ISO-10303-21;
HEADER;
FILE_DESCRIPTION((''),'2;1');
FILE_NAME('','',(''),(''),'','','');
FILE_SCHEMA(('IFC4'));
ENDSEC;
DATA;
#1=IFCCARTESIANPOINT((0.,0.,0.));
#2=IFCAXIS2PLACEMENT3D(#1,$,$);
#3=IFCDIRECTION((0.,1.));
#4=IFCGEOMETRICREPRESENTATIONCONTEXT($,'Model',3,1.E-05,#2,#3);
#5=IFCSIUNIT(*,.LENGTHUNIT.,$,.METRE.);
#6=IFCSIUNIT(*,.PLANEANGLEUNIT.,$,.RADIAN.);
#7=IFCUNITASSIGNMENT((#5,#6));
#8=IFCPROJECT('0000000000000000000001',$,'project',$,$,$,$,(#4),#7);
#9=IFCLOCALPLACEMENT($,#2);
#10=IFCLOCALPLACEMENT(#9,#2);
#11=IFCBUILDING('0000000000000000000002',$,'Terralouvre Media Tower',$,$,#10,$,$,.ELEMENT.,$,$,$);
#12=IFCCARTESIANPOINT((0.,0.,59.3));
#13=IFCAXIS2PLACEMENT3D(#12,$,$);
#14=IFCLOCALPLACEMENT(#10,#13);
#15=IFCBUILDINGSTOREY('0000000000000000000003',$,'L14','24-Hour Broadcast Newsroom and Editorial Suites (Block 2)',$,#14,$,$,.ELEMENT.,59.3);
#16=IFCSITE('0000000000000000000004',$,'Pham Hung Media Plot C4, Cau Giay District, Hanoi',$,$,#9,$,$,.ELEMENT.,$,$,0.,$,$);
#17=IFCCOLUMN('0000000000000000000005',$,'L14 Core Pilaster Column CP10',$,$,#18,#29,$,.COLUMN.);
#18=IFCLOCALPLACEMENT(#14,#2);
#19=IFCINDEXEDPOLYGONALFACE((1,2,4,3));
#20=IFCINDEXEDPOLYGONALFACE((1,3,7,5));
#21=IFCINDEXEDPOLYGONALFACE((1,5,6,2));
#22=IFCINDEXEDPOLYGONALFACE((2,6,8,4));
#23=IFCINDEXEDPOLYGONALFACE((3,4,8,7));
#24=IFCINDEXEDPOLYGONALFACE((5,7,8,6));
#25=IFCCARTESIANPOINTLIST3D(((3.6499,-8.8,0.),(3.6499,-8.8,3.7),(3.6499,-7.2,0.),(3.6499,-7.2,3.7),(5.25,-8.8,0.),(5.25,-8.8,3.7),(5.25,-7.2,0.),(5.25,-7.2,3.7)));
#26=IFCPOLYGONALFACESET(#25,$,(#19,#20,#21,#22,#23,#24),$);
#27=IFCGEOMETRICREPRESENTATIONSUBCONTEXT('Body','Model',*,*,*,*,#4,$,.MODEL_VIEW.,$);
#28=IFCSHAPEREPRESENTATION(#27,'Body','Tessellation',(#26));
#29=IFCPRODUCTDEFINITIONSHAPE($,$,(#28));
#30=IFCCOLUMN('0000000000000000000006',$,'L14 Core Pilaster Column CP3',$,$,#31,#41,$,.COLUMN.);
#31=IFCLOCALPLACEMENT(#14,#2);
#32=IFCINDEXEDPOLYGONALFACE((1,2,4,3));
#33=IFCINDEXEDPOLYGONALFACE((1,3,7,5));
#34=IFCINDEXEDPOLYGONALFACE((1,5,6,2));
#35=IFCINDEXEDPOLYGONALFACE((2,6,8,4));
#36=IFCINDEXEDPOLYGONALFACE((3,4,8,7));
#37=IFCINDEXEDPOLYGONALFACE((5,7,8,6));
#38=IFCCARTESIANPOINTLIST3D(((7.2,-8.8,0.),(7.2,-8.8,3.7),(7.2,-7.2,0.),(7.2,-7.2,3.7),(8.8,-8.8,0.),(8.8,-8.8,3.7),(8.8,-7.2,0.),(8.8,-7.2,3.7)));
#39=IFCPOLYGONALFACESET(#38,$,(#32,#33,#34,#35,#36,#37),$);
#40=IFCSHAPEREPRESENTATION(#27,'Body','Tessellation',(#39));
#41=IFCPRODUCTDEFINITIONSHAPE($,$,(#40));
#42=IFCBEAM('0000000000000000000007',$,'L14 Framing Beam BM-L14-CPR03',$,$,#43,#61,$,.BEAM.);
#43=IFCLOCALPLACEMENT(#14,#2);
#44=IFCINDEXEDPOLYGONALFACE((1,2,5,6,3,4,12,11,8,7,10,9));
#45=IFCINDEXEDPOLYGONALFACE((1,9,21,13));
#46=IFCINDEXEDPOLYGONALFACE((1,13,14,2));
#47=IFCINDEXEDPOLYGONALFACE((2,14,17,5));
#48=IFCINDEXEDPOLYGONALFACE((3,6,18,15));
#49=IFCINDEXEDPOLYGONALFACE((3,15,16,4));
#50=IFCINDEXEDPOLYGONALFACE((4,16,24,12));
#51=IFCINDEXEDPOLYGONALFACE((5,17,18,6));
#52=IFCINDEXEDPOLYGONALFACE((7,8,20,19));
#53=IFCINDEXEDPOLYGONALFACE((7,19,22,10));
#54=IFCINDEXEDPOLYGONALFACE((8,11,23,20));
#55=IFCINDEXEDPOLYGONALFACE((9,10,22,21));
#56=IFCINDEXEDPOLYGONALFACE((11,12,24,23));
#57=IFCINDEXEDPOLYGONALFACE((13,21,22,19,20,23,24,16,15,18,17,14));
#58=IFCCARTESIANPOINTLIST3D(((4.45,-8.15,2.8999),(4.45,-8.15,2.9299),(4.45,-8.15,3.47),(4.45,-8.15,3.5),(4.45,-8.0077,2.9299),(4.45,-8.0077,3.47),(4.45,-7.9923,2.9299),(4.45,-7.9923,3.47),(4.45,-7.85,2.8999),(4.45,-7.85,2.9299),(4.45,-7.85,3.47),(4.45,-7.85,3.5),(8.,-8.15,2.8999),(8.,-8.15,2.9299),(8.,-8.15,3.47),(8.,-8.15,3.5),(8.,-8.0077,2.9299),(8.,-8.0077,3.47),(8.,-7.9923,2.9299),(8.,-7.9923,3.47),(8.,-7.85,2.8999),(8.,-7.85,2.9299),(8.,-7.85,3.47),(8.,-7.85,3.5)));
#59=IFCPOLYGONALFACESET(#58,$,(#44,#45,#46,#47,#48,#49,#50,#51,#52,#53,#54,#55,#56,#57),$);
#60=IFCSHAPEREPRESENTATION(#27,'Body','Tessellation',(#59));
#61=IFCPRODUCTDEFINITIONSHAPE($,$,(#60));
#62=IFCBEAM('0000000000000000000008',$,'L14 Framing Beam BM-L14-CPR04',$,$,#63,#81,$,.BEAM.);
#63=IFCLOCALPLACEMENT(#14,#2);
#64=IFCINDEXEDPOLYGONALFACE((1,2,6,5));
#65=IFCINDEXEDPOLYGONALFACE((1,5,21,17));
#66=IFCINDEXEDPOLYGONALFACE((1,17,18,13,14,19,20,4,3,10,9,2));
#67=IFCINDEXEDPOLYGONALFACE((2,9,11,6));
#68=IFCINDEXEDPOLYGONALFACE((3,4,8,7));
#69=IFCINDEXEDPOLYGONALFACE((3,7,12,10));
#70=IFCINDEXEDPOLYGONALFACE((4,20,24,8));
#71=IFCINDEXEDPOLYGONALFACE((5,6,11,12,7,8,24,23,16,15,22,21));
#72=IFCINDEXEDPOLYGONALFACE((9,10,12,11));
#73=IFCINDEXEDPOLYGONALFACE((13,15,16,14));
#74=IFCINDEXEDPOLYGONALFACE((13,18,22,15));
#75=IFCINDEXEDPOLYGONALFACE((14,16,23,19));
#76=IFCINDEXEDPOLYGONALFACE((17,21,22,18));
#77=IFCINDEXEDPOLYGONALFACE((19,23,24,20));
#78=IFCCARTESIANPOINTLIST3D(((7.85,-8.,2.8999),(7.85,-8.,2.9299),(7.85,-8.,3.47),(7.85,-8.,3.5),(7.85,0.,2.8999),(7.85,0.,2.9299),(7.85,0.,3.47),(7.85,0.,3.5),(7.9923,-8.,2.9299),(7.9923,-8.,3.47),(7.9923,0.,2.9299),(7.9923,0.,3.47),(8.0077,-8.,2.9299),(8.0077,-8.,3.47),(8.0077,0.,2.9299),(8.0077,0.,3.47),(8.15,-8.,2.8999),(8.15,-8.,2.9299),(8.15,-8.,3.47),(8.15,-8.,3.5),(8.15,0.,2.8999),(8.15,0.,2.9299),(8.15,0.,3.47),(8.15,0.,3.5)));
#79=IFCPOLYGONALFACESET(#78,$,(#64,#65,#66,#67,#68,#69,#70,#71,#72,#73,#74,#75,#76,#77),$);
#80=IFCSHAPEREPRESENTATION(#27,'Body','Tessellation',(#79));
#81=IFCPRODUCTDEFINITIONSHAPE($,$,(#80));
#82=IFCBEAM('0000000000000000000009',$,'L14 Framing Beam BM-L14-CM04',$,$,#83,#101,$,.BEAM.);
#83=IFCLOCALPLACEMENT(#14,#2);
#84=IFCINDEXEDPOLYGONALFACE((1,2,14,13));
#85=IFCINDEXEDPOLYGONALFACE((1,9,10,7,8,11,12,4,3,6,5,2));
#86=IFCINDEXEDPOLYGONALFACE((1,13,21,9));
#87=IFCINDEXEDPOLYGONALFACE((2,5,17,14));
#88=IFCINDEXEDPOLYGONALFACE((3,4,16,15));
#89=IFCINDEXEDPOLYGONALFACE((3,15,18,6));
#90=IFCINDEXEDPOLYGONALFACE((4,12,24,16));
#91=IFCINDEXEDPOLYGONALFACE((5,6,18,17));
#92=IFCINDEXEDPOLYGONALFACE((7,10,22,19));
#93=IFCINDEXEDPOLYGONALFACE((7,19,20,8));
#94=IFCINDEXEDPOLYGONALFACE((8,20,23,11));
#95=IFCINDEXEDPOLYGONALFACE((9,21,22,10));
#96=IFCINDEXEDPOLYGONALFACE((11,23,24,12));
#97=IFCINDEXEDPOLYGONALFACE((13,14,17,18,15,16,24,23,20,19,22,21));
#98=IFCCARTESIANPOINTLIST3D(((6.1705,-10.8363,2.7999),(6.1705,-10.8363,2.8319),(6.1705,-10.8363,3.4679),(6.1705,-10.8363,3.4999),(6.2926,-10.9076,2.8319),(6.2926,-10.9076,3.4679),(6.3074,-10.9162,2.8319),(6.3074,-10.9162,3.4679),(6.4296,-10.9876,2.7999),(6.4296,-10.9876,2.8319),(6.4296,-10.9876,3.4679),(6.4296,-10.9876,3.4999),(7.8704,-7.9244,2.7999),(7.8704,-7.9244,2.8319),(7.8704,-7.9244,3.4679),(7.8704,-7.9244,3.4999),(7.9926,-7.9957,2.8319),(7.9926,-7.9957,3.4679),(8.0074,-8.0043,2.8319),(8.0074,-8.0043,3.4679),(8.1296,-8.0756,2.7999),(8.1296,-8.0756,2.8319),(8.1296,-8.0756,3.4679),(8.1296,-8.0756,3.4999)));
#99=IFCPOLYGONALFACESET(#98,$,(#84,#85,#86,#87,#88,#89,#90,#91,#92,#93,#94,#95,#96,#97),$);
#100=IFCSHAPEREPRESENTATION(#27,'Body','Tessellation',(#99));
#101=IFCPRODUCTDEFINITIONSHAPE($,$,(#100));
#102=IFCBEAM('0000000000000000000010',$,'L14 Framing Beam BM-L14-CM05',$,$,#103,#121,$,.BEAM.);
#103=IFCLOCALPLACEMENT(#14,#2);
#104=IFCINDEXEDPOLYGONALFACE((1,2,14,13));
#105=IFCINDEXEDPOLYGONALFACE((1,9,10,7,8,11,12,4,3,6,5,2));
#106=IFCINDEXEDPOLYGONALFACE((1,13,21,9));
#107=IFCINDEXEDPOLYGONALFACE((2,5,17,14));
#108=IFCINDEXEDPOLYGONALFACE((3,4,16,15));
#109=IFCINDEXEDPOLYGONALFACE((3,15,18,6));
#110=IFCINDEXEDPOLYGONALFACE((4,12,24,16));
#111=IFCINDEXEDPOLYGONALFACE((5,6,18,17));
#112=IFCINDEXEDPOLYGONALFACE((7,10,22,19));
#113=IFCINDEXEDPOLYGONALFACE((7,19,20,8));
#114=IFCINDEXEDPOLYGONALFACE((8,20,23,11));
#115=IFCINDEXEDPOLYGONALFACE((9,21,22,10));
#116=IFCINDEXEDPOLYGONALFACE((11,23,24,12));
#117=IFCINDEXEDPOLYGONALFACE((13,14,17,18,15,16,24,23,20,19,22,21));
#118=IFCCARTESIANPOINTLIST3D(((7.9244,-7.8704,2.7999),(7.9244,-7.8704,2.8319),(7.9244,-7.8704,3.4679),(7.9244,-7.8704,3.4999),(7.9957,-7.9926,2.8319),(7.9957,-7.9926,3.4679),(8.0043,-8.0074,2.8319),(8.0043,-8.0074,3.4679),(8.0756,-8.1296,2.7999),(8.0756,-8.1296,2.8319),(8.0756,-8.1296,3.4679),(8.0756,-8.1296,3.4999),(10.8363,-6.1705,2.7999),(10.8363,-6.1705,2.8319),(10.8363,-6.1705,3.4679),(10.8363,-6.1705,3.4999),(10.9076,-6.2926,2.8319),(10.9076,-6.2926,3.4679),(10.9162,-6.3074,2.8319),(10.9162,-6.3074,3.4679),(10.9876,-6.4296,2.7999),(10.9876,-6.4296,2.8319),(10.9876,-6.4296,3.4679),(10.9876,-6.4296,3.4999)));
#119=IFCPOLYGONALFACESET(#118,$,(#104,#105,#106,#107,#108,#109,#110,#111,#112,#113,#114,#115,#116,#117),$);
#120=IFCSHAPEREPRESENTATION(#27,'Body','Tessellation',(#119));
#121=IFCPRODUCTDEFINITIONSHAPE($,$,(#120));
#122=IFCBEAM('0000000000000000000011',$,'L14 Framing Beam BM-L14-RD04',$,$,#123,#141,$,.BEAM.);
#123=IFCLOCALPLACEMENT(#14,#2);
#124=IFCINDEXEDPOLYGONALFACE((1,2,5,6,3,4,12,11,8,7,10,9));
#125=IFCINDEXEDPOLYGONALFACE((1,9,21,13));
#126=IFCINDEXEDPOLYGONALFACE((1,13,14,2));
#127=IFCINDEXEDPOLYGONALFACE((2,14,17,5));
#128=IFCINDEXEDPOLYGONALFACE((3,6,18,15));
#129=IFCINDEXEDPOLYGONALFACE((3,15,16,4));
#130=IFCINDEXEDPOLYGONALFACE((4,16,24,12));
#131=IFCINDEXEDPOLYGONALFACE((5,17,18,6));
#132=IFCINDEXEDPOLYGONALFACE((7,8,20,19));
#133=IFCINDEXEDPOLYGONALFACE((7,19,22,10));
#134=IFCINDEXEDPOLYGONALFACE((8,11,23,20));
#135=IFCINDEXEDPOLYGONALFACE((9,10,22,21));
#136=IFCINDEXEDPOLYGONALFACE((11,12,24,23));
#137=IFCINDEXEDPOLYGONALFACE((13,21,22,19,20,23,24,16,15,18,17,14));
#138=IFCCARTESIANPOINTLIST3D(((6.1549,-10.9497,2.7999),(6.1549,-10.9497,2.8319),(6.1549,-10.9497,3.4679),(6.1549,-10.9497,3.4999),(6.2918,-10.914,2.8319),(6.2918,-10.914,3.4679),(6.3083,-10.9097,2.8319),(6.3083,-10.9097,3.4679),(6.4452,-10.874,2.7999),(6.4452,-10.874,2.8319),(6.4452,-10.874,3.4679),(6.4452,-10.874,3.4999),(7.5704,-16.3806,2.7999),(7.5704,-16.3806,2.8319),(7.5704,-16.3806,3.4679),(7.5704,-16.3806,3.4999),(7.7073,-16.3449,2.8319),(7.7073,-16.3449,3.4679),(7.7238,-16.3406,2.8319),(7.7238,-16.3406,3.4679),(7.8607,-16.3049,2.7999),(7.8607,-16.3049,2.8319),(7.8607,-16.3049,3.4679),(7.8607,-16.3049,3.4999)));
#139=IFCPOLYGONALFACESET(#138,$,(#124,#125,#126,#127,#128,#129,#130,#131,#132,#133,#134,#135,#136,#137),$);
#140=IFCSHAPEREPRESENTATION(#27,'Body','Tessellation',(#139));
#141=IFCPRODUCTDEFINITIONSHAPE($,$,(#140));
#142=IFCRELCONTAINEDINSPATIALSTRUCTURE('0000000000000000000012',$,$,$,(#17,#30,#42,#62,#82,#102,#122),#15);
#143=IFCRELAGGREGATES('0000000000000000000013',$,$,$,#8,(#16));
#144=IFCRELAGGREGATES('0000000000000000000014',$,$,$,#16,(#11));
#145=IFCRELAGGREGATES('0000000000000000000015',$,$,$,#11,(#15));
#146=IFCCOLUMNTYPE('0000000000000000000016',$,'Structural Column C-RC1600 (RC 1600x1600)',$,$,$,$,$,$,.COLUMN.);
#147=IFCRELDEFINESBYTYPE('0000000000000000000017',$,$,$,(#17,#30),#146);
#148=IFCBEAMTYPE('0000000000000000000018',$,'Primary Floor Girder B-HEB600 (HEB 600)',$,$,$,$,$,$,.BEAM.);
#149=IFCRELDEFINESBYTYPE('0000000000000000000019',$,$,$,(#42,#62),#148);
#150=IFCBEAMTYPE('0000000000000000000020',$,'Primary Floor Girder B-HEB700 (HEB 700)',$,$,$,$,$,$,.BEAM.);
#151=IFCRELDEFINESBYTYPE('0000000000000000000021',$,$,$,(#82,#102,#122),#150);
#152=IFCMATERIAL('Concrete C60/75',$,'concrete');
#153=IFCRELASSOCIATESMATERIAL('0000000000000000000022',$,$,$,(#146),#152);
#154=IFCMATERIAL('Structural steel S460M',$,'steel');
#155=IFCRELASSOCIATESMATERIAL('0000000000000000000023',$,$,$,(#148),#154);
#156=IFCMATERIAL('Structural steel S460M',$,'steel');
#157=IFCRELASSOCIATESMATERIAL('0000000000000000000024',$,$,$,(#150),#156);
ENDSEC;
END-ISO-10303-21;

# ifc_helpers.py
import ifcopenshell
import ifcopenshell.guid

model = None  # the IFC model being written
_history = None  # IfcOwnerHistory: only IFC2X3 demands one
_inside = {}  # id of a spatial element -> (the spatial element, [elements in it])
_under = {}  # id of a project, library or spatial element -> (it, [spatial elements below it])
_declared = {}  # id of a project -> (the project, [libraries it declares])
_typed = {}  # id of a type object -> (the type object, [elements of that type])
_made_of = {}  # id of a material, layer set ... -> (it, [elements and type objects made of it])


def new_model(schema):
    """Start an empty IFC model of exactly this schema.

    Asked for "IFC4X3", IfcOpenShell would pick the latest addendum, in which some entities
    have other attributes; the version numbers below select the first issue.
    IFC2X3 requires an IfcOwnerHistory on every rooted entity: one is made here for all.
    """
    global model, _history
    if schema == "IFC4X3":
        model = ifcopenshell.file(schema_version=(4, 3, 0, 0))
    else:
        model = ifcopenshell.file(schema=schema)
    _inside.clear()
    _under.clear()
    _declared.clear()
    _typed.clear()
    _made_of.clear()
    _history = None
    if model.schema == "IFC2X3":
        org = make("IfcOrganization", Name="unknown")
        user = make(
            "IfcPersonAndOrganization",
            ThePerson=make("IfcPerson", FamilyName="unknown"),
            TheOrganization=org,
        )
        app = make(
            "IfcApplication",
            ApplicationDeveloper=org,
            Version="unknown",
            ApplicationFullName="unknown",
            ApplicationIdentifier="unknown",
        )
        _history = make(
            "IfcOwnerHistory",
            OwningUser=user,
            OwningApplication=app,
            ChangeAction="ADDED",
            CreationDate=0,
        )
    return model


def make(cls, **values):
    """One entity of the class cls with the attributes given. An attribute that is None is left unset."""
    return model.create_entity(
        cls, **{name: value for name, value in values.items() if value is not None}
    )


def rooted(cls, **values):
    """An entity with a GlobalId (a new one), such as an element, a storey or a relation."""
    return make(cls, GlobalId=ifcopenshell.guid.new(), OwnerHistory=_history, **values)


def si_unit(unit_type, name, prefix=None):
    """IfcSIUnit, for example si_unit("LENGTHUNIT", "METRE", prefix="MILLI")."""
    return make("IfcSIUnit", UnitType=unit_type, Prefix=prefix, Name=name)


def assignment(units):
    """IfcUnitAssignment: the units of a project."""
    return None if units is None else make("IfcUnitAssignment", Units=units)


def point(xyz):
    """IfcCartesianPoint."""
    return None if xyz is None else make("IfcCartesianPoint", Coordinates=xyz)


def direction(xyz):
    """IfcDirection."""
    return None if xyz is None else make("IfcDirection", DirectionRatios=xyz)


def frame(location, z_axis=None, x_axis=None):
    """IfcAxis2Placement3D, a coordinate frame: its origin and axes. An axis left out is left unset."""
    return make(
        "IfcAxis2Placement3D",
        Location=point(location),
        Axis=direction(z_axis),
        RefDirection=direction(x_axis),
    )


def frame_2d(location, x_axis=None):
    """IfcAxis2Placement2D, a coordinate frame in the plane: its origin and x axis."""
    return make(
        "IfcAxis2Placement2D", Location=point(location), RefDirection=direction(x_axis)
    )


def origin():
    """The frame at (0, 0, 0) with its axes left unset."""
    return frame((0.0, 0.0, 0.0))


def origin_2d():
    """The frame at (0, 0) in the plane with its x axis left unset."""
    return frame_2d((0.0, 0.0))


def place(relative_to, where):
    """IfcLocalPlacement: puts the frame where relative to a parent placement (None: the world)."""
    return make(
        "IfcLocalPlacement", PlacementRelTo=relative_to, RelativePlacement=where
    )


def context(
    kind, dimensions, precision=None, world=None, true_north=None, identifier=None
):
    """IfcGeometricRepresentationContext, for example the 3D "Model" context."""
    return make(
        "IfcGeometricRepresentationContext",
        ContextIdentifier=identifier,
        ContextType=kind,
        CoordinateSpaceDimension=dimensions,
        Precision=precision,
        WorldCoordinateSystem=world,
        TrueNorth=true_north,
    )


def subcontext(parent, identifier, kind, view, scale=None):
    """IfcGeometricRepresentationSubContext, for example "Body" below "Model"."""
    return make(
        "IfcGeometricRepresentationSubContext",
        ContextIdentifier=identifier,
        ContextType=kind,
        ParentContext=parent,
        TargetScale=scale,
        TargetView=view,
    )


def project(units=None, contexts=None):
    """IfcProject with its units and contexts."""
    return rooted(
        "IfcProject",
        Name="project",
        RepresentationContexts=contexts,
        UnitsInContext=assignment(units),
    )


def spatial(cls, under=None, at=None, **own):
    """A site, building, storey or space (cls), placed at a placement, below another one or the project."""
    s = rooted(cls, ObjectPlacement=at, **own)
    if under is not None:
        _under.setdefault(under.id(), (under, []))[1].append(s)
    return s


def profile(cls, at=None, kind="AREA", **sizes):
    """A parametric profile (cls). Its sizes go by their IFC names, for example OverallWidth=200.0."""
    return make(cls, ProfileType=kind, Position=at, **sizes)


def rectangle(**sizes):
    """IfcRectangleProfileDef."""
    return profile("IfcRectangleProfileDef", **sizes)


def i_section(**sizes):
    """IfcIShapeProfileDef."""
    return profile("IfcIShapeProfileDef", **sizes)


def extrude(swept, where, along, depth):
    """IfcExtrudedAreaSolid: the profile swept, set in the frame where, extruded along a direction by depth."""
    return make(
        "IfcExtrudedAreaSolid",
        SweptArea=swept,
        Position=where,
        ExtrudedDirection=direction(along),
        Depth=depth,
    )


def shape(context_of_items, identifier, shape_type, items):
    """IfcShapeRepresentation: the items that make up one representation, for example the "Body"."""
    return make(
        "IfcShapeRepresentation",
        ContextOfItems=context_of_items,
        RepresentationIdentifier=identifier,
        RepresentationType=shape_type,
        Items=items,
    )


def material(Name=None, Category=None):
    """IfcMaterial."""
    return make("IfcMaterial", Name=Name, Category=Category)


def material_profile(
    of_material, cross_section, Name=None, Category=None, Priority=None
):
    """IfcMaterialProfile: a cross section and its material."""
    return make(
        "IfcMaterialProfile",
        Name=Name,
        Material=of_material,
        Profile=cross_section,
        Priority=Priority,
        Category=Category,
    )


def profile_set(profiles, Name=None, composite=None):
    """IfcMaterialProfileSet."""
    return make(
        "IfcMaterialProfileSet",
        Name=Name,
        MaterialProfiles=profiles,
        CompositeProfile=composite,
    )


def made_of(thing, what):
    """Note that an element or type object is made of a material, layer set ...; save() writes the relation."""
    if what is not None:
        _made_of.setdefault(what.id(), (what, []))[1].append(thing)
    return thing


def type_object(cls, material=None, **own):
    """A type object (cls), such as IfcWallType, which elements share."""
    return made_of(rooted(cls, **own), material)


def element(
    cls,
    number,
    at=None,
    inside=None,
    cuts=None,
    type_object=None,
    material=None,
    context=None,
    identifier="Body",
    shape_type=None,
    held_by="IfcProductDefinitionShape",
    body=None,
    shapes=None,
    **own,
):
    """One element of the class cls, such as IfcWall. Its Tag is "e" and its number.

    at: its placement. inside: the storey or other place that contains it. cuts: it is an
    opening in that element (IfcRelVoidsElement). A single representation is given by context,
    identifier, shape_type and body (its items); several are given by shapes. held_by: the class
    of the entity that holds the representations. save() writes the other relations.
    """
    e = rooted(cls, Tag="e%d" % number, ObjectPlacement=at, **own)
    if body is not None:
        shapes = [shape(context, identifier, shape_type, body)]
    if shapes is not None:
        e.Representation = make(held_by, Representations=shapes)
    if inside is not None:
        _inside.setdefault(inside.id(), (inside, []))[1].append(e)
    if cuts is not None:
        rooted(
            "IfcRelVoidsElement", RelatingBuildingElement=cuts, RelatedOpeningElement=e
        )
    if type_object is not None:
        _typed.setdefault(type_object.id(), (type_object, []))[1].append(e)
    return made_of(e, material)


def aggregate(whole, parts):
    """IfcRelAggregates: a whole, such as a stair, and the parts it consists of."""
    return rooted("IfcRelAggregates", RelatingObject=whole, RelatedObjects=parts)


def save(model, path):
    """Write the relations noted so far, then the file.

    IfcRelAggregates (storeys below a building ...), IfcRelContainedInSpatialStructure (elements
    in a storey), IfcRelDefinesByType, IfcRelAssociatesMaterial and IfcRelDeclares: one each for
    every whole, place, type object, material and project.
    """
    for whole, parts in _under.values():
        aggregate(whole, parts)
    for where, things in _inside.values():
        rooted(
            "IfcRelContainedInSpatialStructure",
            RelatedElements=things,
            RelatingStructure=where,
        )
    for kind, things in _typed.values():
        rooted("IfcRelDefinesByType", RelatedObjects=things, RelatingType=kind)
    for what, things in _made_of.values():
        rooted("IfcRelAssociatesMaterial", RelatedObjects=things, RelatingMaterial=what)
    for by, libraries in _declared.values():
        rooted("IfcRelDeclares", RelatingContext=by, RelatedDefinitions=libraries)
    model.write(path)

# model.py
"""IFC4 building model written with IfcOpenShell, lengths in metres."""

from ifc_helpers import new_model, si_unit, direction, frame, origin, origin_2d, place, context, subcontext, project, spatial, rectangle, i_section, extrude, material, material_profile, profile_set, type_object, element, save


model = new_model("IFC4")

# Units and contexts
model_context = context("Model", 3, precision=1e-05, world=origin(), true_north=direction((0.0, 1.0)))
body_context = subcontext(model_context, "Body", "Model", "MODEL_VIEW")
ifc_project = project(units=[si_unit("LENGTHUNIT", "METRE"), si_unit("PLANEANGLEUNIT", "RADIAN")], contexts=[model_context])

# Site, building, storey
site_placement = place(None, origin())
site = spatial("IfcSite", under=ifc_project, at=site_placement, Name="Pham Hung Media Plot C4, Cau Giay District, Hanoi", CompositionType="ELEMENT", RefElevation=0.0)
building_placement = place(site_placement, origin())
building = spatial("IfcBuilding", under=site, at=building_placement, Name="Terralouvre Media Tower", CompositionType="ELEMENT")
storey_placement = place(building_placement, frame((0.0, 0.0, 59.3)))
storey = spatial("IfcBuildingStorey", under=building, at=storey_placement, Name="L14", Description="24-Hour Broadcast Newsroom and Editorial Suites (Block 2)", CompositionType="ELEMENT", Elevation=59.3)

# Columns
ifc_material_1 = material(Name="Concrete C60/75", Category="concrete")
ifc_material_profile_1 = material_profile(ifc_material_1, rectangle(XDim=1.6001, YDim=1.6001, at=origin_2d()), Name="RC 1600x1600")
ifc_profile_set_1 = profile_set([ifc_material_profile_1], Name="Concrete C60/75")
column_type = type_object("IfcColumnType", Name="Structural Column C-RC1600 (RC 1600x1600)", PredefinedType="COLUMN", material=ifc_profile_set_1)
for number, where, z_axis, x_axis, name in (
    (1, (4.45, -8.0, 0.0), (0.0, 0.0, 1.0), (1.0, 0.0, 0.0), "L14 Core Pilaster Column CP10"),
    (2, (8.0, -8.0, 0.0), (0.0, 0.0, 1.0), (1.0, 0.0, 0.0), "L14 Core Pilaster Column CP3"),
):
    element("IfcColumn", number, at=place(storey_placement, frame(where, z_axis=z_axis, x_axis=x_axis)), inside=storey, type_object=column_type, Name=name, PredefinedType="COLUMN", context=body_context, shape_type="SweptSolid", body=[
        extrude(rectangle(XDim=1.6001, YDim=1.6001, at=origin_2d()), origin(), (0.0, 0.0, 1.0), 3.7),
    ])

# Beams
ifc_material_2 = material(Name="Structural steel S460M", Category="steel")
ifc_material_profile_2 = material_profile(ifc_material_2, i_section(OverallWidth=0.3, OverallDepth=0.6001, WebThickness=0.0154, FlangeThickness=0.03, at=origin_2d()), Name="HEB 600")
ifc_profile_set_2 = profile_set([ifc_material_profile_2], Name="Structural steel S460M")
beam_type_1 = type_object("IfcBeamType", Name="Primary Floor Girder B-HEB600 (HEB 600)", PredefinedType="BEAM", material=ifc_profile_set_2)
beam_1_placement = place(storey_placement, frame((4.45, -8.0, 3.2), z_axis=(1.0, 0.0, 0.0), x_axis=(0.0, 1.0, 0.0)))
element("IfcBeam", 3, at=beam_1_placement, inside=storey, type_object=beam_type_1, Name="L14 Framing Beam BM-L14-CPR03", PredefinedType="BEAM", context=body_context, shape_type="SweptSolid", body=[
    extrude(i_section(OverallWidth=0.3, OverallDepth=0.6001, WebThickness=0.0154, FlangeThickness=0.03, at=origin_2d()), origin(), (0.0, 0.0, 1.0), 3.55),
])
beam_2_placement = place(storey_placement, frame((8.0, -8.0, 3.2), z_axis=(0.0, 1.0, 0.0), x_axis=(-1.0, 0.0, 0.0)))
element("IfcBeam", 4, at=beam_2_placement, inside=storey, type_object=beam_type_1, Name="L14 Framing Beam BM-L14-CPR04", PredefinedType="BEAM", context=body_context, shape_type="SweptSolid", body=[
    extrude(i_section(OverallWidth=0.3, OverallDepth=0.6001, WebThickness=0.0154, FlangeThickness=0.03, at=origin_2d()), origin(), (0.0, 0.0, 1.0), 8.0),
])
ifc_material_3 = material(Name="Structural steel S460M", Category="steel")
ifc_material_profile_3 = material_profile(ifc_material_3, i_section(OverallWidth=0.3, OverallDepth=0.7, WebThickness=0.0171, FlangeThickness=0.032, at=origin_2d()), Name="HEB 700")
ifc_profile_set_3 = profile_set([ifc_material_profile_3], Name="Structural steel S460M")
beam_type_2 = type_object("IfcBeamType", Name="Primary Floor Girder B-HEB700 (HEB 700)", PredefinedType="BEAM", material=ifc_profile_set_3)
for number, where, z_axis, x_axis, name in (
    (5, (8.0, -8.0, 3.1499), (-0.504173, -0.863603, 0.0), (0.863603, -0.504173, 0.0), "L14 Framing Beam BM-L14-CM04"),
    (6, (8.0, -8.0, 3.1499), (0.863603, 0.504173, 0.0), (-0.504173, 0.863603, 0.0), "L14 Framing Beam BM-L14-CM05"),
):
    element("IfcBeam", number, at=place(storey_placement, frame(where, z_axis=z_axis, x_axis=x_axis)), inside=storey, type_object=beam_type_2, Name=name, PredefinedType="BEAM", context=body_context, shape_type="SweptSolid", body=[
        extrude(i_section(OverallWidth=0.3, OverallDepth=0.7, WebThickness=0.0171, FlangeThickness=0.032, at=origin_2d()), origin(), (0.0, 0.0, 1.0), 3.3718),
    ])
beam_3_placement = place(storey_placement, frame((6.3, -10.9119, 3.1499), z_axis=(0.252216, -0.967671, 0.0), x_axis=(0.967671, 0.252216, 0.0)))
element("IfcBeam", 7, at=beam_3_placement, inside=storey, type_object=beam_type_2, Name="L14 Framing Beam BM-L14-RD04", PredefinedType="BEAM", context=body_context, shape_type="SweptSolid", body=[
    extrude(i_section(OverallWidth=0.3, OverallDepth=0.7, WebThickness=0.0171, FlangeThickness=0.032, at=origin_2d()), origin(), (0.0, 0.0, 1.0), 5.6123),
])

save(model, "model.ifc")
